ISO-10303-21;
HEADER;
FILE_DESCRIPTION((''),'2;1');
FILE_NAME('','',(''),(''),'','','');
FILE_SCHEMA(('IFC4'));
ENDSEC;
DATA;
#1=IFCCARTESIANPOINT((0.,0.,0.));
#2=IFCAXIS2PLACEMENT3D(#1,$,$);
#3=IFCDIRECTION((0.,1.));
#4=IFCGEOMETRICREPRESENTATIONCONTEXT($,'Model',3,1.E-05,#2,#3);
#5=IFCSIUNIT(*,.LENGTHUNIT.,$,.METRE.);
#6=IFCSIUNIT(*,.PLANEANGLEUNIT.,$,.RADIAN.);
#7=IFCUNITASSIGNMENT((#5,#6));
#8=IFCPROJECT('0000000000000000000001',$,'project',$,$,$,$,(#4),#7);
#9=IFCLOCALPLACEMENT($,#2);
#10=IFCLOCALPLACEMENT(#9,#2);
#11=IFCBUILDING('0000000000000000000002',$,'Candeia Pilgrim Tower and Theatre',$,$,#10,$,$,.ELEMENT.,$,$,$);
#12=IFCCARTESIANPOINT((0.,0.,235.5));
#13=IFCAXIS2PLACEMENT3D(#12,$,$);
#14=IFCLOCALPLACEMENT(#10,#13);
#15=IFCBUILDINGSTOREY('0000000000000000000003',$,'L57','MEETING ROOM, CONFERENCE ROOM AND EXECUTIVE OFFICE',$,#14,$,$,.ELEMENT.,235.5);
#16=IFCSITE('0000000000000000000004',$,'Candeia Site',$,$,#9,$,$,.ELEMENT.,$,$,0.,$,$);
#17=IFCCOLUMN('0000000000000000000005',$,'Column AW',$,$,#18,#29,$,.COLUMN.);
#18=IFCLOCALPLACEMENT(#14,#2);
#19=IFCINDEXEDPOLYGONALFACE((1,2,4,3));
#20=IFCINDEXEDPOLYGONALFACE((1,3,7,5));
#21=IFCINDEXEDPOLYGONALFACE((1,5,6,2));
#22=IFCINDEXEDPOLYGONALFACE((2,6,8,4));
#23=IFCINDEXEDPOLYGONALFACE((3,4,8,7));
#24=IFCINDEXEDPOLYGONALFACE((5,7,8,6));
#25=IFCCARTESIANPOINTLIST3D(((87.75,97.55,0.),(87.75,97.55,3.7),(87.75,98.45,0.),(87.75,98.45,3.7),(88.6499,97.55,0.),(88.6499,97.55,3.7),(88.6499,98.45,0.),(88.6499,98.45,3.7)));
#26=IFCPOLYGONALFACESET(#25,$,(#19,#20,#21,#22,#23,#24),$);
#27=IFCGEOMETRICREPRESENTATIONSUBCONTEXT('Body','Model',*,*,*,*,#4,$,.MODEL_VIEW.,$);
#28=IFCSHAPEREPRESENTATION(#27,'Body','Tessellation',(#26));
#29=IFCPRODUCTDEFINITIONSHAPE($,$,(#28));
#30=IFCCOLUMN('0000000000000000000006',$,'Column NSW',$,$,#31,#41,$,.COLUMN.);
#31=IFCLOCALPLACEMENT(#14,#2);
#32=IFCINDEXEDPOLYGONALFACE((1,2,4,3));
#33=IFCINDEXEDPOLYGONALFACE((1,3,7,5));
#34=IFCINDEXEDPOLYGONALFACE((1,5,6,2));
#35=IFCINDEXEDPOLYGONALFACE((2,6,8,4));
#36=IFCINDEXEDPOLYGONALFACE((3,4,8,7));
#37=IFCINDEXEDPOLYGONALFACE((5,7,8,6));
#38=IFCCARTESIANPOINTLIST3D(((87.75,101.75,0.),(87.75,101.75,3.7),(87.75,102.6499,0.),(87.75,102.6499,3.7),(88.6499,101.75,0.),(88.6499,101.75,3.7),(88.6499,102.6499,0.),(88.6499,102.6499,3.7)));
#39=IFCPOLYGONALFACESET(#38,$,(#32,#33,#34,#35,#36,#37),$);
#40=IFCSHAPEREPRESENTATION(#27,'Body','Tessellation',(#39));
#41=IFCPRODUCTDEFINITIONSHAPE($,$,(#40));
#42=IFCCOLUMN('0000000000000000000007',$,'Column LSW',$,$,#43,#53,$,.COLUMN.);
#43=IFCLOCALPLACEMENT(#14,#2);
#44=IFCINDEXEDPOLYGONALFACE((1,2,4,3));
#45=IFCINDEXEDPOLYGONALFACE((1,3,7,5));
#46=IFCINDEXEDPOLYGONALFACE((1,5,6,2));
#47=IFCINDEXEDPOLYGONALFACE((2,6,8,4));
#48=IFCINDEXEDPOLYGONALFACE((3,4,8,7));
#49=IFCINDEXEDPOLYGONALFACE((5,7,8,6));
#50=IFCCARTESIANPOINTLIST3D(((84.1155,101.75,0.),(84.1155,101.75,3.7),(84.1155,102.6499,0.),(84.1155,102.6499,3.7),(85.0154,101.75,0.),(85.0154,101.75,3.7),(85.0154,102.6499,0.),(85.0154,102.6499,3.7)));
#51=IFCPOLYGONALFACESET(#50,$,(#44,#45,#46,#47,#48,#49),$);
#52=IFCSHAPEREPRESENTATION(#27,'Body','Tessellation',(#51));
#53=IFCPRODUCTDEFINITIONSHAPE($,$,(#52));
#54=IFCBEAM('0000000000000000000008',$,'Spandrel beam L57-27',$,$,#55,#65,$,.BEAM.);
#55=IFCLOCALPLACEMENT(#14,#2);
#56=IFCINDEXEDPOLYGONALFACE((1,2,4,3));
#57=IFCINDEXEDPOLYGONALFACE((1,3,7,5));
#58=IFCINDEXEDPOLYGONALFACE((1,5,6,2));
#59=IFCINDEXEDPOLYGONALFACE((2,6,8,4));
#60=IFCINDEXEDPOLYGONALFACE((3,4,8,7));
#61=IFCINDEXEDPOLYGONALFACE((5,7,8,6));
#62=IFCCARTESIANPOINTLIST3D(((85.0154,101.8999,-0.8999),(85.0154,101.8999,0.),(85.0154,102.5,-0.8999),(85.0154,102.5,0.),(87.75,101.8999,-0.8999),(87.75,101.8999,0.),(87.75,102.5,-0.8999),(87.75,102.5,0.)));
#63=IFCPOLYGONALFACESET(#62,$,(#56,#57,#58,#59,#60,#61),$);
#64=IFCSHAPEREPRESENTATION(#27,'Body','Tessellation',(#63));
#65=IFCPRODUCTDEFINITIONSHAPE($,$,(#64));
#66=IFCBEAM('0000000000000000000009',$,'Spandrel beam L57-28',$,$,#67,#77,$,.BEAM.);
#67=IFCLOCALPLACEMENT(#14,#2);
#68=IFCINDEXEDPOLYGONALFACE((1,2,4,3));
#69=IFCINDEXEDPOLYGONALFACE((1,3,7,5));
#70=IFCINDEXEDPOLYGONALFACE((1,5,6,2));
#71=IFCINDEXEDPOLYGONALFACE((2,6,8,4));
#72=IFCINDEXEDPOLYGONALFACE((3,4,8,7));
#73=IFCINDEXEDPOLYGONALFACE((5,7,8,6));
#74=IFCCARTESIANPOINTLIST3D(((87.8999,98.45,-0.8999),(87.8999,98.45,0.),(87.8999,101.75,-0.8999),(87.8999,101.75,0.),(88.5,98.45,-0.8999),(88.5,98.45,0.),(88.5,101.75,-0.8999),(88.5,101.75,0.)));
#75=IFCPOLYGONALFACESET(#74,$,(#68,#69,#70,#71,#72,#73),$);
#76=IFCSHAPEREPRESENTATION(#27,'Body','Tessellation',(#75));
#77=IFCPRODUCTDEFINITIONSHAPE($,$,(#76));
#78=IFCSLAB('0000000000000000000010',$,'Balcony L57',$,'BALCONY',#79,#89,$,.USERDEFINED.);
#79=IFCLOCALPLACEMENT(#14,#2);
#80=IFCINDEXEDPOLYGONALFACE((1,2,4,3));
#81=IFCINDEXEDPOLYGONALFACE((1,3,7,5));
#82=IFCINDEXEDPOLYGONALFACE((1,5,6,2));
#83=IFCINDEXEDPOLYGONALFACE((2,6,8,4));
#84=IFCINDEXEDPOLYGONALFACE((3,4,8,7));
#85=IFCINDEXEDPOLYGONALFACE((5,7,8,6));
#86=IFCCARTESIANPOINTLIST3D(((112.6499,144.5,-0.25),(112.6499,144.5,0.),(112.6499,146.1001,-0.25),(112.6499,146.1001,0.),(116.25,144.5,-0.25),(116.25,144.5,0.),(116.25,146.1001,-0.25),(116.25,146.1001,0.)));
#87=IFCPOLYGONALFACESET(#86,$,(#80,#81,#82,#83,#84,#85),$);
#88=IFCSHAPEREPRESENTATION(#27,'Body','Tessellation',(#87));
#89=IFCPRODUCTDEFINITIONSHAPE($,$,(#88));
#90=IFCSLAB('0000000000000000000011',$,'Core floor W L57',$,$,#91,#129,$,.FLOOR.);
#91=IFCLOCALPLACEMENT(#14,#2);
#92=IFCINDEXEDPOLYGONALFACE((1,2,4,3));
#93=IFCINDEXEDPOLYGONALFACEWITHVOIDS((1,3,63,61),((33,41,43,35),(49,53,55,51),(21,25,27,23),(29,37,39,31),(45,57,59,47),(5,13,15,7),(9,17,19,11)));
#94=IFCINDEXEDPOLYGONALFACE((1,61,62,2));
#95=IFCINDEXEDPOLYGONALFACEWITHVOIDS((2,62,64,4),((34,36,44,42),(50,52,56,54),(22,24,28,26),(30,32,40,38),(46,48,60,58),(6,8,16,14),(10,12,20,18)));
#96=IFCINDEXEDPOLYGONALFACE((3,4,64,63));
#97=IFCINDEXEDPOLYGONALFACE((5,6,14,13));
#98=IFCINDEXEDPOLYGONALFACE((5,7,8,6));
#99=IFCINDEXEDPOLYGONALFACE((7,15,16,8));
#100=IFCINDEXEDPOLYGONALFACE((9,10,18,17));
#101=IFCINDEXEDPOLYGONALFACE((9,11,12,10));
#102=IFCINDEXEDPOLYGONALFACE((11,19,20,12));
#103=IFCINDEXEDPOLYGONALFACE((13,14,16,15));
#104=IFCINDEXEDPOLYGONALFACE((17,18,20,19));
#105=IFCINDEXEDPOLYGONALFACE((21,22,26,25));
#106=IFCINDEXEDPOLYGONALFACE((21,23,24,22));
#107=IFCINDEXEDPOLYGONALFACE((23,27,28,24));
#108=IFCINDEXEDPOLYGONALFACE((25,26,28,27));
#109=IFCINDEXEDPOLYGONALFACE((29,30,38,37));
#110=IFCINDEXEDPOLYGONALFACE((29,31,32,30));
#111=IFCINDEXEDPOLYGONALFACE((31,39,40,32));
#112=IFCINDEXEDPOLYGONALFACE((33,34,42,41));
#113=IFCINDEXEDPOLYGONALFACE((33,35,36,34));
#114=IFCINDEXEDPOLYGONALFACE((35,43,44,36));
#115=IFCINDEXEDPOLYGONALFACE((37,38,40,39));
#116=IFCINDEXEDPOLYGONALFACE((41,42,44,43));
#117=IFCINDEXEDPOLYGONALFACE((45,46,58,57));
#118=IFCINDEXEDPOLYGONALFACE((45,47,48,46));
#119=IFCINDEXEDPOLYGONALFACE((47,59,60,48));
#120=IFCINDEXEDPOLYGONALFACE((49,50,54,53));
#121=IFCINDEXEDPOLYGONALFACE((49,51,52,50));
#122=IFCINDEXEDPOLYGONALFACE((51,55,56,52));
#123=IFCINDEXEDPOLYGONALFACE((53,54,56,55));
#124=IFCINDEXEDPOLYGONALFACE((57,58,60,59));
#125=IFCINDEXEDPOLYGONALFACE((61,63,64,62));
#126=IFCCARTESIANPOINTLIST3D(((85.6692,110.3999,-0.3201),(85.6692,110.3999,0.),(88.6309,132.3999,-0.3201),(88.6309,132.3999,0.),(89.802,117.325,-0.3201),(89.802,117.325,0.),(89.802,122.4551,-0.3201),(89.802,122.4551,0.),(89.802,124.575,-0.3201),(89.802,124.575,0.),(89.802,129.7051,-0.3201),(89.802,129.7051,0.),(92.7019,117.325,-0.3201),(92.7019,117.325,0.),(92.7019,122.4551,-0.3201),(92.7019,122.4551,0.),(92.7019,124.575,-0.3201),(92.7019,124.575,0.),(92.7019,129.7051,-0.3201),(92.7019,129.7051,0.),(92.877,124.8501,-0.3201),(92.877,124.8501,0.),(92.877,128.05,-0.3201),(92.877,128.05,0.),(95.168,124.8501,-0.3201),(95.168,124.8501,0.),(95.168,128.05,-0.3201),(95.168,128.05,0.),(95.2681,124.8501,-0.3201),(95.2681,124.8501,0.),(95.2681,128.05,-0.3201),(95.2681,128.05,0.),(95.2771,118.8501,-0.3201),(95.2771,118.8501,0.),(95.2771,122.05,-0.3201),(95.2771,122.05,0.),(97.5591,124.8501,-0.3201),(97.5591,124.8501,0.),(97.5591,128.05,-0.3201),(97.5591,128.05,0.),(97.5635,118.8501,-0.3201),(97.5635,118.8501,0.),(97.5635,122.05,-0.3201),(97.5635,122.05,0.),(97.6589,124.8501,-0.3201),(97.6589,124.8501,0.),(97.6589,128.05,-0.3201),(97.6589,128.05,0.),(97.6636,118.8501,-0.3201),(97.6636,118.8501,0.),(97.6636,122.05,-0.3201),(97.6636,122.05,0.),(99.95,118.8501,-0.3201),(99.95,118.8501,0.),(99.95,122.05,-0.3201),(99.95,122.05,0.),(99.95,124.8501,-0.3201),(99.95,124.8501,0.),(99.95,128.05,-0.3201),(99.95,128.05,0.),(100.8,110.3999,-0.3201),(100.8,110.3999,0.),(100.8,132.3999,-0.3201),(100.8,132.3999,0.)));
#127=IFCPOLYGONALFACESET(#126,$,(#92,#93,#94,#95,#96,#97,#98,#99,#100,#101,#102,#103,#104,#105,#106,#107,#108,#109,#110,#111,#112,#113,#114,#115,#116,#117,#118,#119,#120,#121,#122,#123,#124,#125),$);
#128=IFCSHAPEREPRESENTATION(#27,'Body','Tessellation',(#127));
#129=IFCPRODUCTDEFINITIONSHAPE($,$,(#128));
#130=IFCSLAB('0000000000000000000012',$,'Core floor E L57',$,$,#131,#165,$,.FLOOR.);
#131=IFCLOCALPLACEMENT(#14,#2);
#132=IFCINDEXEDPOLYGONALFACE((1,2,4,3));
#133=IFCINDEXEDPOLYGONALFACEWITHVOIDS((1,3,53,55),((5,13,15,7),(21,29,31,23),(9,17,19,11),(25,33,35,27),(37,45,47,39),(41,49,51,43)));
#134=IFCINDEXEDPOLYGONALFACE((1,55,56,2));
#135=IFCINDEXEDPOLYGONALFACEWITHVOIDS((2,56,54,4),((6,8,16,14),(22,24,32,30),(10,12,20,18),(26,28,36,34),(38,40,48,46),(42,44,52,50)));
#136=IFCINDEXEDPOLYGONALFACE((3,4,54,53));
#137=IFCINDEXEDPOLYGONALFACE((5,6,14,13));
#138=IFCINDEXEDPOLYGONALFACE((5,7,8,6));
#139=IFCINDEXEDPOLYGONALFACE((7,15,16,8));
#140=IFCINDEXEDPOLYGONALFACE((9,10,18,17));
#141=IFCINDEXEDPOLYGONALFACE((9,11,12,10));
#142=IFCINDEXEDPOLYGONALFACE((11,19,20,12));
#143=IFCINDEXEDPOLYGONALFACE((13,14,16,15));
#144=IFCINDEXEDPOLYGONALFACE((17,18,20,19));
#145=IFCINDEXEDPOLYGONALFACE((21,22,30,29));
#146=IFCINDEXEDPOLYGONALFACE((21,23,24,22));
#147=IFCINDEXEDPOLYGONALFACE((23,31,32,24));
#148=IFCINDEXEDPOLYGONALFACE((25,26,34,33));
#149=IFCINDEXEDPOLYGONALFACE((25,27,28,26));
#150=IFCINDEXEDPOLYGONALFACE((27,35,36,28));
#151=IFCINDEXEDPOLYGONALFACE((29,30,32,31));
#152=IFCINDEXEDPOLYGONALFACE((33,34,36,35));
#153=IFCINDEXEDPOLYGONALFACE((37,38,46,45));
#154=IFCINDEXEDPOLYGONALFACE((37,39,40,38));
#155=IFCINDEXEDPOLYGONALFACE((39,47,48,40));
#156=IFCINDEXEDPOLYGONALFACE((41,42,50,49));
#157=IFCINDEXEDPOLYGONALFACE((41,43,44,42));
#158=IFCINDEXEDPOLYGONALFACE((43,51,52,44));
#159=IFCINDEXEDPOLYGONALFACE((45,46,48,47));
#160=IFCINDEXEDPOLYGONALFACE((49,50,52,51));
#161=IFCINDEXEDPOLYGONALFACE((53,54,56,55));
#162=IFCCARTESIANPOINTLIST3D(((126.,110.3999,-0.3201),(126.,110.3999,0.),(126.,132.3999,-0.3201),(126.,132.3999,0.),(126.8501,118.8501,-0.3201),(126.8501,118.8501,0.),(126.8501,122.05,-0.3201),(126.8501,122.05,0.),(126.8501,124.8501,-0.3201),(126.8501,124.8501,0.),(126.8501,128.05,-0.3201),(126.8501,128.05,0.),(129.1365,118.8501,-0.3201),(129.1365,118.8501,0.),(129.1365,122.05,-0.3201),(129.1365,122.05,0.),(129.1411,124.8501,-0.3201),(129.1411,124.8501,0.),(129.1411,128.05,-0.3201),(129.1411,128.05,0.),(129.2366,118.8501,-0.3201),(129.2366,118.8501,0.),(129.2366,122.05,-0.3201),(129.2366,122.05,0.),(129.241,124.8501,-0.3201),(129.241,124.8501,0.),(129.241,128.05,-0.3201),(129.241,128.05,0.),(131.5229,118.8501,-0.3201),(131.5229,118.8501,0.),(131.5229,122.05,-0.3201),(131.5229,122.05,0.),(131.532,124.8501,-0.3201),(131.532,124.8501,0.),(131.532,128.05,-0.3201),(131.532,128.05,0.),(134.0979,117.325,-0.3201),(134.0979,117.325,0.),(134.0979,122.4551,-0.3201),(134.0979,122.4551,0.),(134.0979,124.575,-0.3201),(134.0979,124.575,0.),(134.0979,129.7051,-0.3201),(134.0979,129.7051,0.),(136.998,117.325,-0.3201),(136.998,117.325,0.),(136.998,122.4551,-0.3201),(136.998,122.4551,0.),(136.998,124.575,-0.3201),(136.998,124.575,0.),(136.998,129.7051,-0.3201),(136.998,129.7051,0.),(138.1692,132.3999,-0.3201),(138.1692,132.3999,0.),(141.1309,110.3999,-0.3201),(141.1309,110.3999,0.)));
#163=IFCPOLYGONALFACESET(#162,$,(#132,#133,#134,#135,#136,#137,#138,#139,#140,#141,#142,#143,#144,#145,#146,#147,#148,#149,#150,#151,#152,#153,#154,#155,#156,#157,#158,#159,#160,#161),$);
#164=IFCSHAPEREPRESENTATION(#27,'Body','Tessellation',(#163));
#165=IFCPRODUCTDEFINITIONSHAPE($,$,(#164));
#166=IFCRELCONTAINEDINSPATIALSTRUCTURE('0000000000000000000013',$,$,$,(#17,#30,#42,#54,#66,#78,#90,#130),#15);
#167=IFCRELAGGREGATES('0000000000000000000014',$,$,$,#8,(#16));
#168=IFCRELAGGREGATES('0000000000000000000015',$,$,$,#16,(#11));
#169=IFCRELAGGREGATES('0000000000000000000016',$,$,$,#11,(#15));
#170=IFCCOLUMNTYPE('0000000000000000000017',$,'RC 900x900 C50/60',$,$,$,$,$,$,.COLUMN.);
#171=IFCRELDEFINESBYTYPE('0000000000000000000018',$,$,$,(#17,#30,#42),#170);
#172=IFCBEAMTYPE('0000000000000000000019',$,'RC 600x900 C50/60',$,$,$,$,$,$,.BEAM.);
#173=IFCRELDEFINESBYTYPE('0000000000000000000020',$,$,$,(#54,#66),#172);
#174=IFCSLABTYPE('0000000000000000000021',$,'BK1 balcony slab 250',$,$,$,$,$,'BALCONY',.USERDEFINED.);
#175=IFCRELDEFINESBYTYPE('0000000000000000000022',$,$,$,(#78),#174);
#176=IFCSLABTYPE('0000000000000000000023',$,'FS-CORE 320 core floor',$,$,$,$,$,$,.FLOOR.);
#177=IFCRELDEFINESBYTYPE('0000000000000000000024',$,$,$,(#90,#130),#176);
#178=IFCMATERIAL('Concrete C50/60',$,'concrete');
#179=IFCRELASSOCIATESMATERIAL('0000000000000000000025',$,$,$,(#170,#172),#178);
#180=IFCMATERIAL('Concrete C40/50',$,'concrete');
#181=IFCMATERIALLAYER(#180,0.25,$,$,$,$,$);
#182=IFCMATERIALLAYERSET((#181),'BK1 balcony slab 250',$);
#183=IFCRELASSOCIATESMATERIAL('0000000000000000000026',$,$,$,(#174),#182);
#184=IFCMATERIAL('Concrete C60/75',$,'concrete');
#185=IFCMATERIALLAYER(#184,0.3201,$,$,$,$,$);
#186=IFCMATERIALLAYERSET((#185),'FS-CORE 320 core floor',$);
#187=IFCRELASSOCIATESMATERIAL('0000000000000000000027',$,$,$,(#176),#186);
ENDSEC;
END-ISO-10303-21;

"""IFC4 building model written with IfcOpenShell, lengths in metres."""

from ifc_helpers import new_model, si_unit, direction, frame, origin, origin_2d, place, context, subcontext, project, spatial, polyline, rectangle, outline, extrude, material, layer, layer_set, material_profile, profile_set, type_object, element, save


model = new_model("IFC4")

# Units and contexts
model_context = context("Model", 3, precision=1e-05, world=origin(), true_north=direction((0.0, 1.0)))
body_context = subcontext(model_context, "Body", "Model", "MODEL_VIEW")
ifc_project = project(units=[si_unit("LENGTHUNIT", "METRE"), si_unit("PLANEANGLEUNIT", "RADIAN")], contexts=[model_context])

# Site, building, storey
site_placement = place(None, origin())
site = spatial("IfcSite", under=ifc_project, at=site_placement, Name="Candeia Site", CompositionType="ELEMENT", RefElevation=0.0)
building_placement = place(site_placement, origin())
building = spatial("IfcBuilding", under=site, at=building_placement, Name="Candeia Pilgrim Tower and Theatre", CompositionType="ELEMENT")
storey_placement = place(building_placement, frame((0.0, 0.0, 235.5)))
storey = spatial("IfcBuildingStorey", under=building, at=storey_placement, Name="L57", Description="MEETING ROOM, CONFERENCE ROOM AND EXECUTIVE OFFICE", CompositionType="ELEMENT", Elevation=235.5)

# Columns
ifc_material_1 = material(Name="Concrete C50/60", Category="concrete")
ifc_material_profile_1 = material_profile(ifc_material_1, rectangle(XDim=0.8999, YDim=0.8999, at=origin_2d()))
ifc_profile_set_1 = profile_set([ifc_material_profile_1], Name="Concrete C50/60")
column_type = type_object("IfcColumnType", Name="RC 900x900 C50/60", PredefinedType="COLUMN", material=ifc_profile_set_1)
for number, where, z_axis, x_axis, name in (
    (1, (88.2, 98.0, 0.0), (0.0, 0.0, 1.0), (1.0, 0.0, 0.0), "Column AW"),
    (2, (88.2, 102.2, 0.0), (0.0, 0.0, 1.0), (1.0, 0.0, 0.0), "Column NSW"),
    (3, (84.5654, 102.2, 0.0), (0.0, 0.0, 1.0), (1.0, 0.0, 0.0), "Column LSW"),
):
    element("IfcColumn", number, at=place(storey_placement, frame(where, z_axis=z_axis, x_axis=x_axis)), inside=storey, type_object=column_type, Name=name, PredefinedType="COLUMN", context=body_context, shape_type="SweptSolid", body=[
        extrude(rectangle(XDim=0.8999, YDim=0.8999, at=origin_2d()), origin(), (0.0, 0.0, 1.0), 3.7),
    ])

# Beams
ifc_material_profile_2 = material_profile(ifc_material_1, rectangle(XDim=0.6001, YDim=0.8999, at=origin_2d()))
ifc_profile_set_2 = profile_set([ifc_material_profile_2], Name="Concrete C50/60")
beam_type = type_object("IfcBeamType", Name="RC 600x900 C50/60", PredefinedType="BEAM", material=ifc_profile_set_2)
beam_1_placement = place(storey_placement, frame((85.0154, 102.2, -0.45), z_axis=(1.0, 0.0, 0.0), x_axis=(0.0, 1.0, 0.0)))
element("IfcBeam", 4, at=beam_1_placement, inside=storey, type_object=beam_type, Name="Spandrel beam L57-27", PredefinedType="BEAM", context=body_context, shape_type="SweptSolid", body=[
    extrude(rectangle(XDim=0.6001, YDim=0.8999, at=origin_2d()), origin(), (0.0, 0.0, 1.0), 2.7346),
])
beam_2_placement = place(storey_placement, frame((88.2, 101.75, -0.45), z_axis=(0.0, -1.0, 0.0), x_axis=(1.0, 0.0, 0.0)))
element("IfcBeam", 5, at=beam_2_placement, inside=storey, type_object=beam_type, Name="Spandrel beam L57-28", PredefinedType="BEAM", context=body_context, shape_type="SweptSolid", body=[
    extrude(rectangle(XDim=0.6001, YDim=0.8999, at=origin_2d()), origin(), (0.0, 0.0, 1.0), 3.3),
])

# Slabs
ifc_material_2 = material(Name="Concrete C40/50", Category="concrete")
ifc_layer_1 = layer(ifc_material_2, 0.25)
ifc_layer_set_1 = layer_set([ifc_layer_1], Name="BK1 balcony slab 250")
slab_type_1 = type_object("IfcSlabType", Name="BK1 balcony slab 250", ElementType="BALCONY", PredefinedType="USERDEFINED", material=ifc_layer_set_1)
slab_1_placement = place(storey_placement, frame((0.0, 0.0, -0.25)))
element("IfcSlab", 6, at=slab_1_placement, inside=storey, type_object=slab_type_1, Name="Balcony L57", ObjectType="BALCONY", PredefinedType="USERDEFINED", context=body_context, shape_type="SweptSolid", body=[
    extrude(outline(polyline([(112.6499, 144.5), (116.25, 144.5), (116.25, 146.1001), (112.6499, 146.1001), (112.6499, 144.5)])), origin(), (0.0, 0.0, 1.0), 0.25),
])
ifc_material_3 = material(Name="Concrete C60/75", Category="concrete")
ifc_layer_2 = layer(ifc_material_3, 0.3201)
ifc_layer_set_2 = layer_set([ifc_layer_2], Name="FS-CORE 320 core floor")
slab_type_2 = type_object("IfcSlabType", Name="FS-CORE 320 core floor", PredefinedType="FLOOR", material=ifc_layer_set_2)
slab_2_placement = place(storey_placement, frame((0.0, 0.0, -0.3201)))
element("IfcSlab", 7, at=slab_2_placement, inside=storey, type_object=slab_type_2, Name="Core floor W L57", PredefinedType="FLOOR", context=body_context, shape_type="SweptSolid", body=[
    extrude(outline(polyline([(100.8, 132.3999), (100.8, 110.3999), (85.6692, 110.3999), (88.6309, 132.3999), (100.8, 132.3999)]), holes=[polyline([(97.6589, 128.05), (97.6589, 124.8501), (99.95, 124.8501), (99.95, 128.05), (97.6589, 128.05)]), polyline([(97.6636, 122.05), (97.6636, 118.8501), (99.95, 118.8501), (99.95, 122.05), (97.6636, 122.05)]), polyline([(95.2771, 122.05), (95.2771, 118.8501), (97.5635, 118.8501), (97.5635, 122.05), (95.2771, 122.05)]), polyline([(95.2681, 128.05), (95.2681, 124.8501), (97.5591, 124.8501), (97.5591, 128.05), (95.2681, 128.05)]), polyline([(92.877, 128.05), (92.877, 124.8501), (95.168, 124.8501), (95.168, 128.05), (92.877, 128.05)]), polyline([(89.802, 117.325), (92.7019, 117.325), (92.7019, 122.4551), (89.802, 122.4551), (89.802, 117.325)]), polyline([(89.802, 129.7051), (89.802, 124.575), (92.7019, 124.575), (92.7019, 129.7051), (89.802, 129.7051)])]), origin(), (0.0, 0.0, 1.0), 0.3201),
])
slab_3_placement = place(storey_placement, frame((0.0, 0.0, -0.3201)))
element("IfcSlab", 8, at=slab_3_placement, inside=storey, type_object=slab_type_2, Name="Core floor E L57", PredefinedType="FLOOR", context=body_context, shape_type="SweptSolid", body=[
    extrude(outline(polyline([(138.1692, 132.3999), (141.1309, 110.3999), (126.0, 110.3999), (126.0, 132.3999), (138.1692, 132.3999)]), holes=[polyline([(134.0979, 117.325), (136.998, 117.325), (136.998, 122.4551), (134.0979, 122.4551), (134.0979, 117.325)]), polyline([(134.0979, 129.7051), (134.0979, 124.575), (136.998, 124.575), (136.998, 129.7051), (134.0979, 129.7051)]), polyline([(131.532, 128.05), (129.241, 128.05), (129.241, 124.8501), (131.532, 124.8501), (131.532, 128.05)]), polyline([(131.5229, 122.05), (129.2366, 122.05), (129.2366, 118.8501), (131.5229, 118.8501), (131.5229, 122.05)]), polyline([(126.8501, 128.05), (126.8501, 124.8501), (129.1411, 124.8501), (129.1411, 128.05), (126.8501, 128.05)]), polyline([(129.1365, 122.05), (126.8501, 122.05), (126.8501, 118.8501), (129.1365, 118.8501), (129.1365, 122.05)])]), origin(), (0.0, 0.0, 1.0), 0.3201),
])

save(model, "model.ifc")
